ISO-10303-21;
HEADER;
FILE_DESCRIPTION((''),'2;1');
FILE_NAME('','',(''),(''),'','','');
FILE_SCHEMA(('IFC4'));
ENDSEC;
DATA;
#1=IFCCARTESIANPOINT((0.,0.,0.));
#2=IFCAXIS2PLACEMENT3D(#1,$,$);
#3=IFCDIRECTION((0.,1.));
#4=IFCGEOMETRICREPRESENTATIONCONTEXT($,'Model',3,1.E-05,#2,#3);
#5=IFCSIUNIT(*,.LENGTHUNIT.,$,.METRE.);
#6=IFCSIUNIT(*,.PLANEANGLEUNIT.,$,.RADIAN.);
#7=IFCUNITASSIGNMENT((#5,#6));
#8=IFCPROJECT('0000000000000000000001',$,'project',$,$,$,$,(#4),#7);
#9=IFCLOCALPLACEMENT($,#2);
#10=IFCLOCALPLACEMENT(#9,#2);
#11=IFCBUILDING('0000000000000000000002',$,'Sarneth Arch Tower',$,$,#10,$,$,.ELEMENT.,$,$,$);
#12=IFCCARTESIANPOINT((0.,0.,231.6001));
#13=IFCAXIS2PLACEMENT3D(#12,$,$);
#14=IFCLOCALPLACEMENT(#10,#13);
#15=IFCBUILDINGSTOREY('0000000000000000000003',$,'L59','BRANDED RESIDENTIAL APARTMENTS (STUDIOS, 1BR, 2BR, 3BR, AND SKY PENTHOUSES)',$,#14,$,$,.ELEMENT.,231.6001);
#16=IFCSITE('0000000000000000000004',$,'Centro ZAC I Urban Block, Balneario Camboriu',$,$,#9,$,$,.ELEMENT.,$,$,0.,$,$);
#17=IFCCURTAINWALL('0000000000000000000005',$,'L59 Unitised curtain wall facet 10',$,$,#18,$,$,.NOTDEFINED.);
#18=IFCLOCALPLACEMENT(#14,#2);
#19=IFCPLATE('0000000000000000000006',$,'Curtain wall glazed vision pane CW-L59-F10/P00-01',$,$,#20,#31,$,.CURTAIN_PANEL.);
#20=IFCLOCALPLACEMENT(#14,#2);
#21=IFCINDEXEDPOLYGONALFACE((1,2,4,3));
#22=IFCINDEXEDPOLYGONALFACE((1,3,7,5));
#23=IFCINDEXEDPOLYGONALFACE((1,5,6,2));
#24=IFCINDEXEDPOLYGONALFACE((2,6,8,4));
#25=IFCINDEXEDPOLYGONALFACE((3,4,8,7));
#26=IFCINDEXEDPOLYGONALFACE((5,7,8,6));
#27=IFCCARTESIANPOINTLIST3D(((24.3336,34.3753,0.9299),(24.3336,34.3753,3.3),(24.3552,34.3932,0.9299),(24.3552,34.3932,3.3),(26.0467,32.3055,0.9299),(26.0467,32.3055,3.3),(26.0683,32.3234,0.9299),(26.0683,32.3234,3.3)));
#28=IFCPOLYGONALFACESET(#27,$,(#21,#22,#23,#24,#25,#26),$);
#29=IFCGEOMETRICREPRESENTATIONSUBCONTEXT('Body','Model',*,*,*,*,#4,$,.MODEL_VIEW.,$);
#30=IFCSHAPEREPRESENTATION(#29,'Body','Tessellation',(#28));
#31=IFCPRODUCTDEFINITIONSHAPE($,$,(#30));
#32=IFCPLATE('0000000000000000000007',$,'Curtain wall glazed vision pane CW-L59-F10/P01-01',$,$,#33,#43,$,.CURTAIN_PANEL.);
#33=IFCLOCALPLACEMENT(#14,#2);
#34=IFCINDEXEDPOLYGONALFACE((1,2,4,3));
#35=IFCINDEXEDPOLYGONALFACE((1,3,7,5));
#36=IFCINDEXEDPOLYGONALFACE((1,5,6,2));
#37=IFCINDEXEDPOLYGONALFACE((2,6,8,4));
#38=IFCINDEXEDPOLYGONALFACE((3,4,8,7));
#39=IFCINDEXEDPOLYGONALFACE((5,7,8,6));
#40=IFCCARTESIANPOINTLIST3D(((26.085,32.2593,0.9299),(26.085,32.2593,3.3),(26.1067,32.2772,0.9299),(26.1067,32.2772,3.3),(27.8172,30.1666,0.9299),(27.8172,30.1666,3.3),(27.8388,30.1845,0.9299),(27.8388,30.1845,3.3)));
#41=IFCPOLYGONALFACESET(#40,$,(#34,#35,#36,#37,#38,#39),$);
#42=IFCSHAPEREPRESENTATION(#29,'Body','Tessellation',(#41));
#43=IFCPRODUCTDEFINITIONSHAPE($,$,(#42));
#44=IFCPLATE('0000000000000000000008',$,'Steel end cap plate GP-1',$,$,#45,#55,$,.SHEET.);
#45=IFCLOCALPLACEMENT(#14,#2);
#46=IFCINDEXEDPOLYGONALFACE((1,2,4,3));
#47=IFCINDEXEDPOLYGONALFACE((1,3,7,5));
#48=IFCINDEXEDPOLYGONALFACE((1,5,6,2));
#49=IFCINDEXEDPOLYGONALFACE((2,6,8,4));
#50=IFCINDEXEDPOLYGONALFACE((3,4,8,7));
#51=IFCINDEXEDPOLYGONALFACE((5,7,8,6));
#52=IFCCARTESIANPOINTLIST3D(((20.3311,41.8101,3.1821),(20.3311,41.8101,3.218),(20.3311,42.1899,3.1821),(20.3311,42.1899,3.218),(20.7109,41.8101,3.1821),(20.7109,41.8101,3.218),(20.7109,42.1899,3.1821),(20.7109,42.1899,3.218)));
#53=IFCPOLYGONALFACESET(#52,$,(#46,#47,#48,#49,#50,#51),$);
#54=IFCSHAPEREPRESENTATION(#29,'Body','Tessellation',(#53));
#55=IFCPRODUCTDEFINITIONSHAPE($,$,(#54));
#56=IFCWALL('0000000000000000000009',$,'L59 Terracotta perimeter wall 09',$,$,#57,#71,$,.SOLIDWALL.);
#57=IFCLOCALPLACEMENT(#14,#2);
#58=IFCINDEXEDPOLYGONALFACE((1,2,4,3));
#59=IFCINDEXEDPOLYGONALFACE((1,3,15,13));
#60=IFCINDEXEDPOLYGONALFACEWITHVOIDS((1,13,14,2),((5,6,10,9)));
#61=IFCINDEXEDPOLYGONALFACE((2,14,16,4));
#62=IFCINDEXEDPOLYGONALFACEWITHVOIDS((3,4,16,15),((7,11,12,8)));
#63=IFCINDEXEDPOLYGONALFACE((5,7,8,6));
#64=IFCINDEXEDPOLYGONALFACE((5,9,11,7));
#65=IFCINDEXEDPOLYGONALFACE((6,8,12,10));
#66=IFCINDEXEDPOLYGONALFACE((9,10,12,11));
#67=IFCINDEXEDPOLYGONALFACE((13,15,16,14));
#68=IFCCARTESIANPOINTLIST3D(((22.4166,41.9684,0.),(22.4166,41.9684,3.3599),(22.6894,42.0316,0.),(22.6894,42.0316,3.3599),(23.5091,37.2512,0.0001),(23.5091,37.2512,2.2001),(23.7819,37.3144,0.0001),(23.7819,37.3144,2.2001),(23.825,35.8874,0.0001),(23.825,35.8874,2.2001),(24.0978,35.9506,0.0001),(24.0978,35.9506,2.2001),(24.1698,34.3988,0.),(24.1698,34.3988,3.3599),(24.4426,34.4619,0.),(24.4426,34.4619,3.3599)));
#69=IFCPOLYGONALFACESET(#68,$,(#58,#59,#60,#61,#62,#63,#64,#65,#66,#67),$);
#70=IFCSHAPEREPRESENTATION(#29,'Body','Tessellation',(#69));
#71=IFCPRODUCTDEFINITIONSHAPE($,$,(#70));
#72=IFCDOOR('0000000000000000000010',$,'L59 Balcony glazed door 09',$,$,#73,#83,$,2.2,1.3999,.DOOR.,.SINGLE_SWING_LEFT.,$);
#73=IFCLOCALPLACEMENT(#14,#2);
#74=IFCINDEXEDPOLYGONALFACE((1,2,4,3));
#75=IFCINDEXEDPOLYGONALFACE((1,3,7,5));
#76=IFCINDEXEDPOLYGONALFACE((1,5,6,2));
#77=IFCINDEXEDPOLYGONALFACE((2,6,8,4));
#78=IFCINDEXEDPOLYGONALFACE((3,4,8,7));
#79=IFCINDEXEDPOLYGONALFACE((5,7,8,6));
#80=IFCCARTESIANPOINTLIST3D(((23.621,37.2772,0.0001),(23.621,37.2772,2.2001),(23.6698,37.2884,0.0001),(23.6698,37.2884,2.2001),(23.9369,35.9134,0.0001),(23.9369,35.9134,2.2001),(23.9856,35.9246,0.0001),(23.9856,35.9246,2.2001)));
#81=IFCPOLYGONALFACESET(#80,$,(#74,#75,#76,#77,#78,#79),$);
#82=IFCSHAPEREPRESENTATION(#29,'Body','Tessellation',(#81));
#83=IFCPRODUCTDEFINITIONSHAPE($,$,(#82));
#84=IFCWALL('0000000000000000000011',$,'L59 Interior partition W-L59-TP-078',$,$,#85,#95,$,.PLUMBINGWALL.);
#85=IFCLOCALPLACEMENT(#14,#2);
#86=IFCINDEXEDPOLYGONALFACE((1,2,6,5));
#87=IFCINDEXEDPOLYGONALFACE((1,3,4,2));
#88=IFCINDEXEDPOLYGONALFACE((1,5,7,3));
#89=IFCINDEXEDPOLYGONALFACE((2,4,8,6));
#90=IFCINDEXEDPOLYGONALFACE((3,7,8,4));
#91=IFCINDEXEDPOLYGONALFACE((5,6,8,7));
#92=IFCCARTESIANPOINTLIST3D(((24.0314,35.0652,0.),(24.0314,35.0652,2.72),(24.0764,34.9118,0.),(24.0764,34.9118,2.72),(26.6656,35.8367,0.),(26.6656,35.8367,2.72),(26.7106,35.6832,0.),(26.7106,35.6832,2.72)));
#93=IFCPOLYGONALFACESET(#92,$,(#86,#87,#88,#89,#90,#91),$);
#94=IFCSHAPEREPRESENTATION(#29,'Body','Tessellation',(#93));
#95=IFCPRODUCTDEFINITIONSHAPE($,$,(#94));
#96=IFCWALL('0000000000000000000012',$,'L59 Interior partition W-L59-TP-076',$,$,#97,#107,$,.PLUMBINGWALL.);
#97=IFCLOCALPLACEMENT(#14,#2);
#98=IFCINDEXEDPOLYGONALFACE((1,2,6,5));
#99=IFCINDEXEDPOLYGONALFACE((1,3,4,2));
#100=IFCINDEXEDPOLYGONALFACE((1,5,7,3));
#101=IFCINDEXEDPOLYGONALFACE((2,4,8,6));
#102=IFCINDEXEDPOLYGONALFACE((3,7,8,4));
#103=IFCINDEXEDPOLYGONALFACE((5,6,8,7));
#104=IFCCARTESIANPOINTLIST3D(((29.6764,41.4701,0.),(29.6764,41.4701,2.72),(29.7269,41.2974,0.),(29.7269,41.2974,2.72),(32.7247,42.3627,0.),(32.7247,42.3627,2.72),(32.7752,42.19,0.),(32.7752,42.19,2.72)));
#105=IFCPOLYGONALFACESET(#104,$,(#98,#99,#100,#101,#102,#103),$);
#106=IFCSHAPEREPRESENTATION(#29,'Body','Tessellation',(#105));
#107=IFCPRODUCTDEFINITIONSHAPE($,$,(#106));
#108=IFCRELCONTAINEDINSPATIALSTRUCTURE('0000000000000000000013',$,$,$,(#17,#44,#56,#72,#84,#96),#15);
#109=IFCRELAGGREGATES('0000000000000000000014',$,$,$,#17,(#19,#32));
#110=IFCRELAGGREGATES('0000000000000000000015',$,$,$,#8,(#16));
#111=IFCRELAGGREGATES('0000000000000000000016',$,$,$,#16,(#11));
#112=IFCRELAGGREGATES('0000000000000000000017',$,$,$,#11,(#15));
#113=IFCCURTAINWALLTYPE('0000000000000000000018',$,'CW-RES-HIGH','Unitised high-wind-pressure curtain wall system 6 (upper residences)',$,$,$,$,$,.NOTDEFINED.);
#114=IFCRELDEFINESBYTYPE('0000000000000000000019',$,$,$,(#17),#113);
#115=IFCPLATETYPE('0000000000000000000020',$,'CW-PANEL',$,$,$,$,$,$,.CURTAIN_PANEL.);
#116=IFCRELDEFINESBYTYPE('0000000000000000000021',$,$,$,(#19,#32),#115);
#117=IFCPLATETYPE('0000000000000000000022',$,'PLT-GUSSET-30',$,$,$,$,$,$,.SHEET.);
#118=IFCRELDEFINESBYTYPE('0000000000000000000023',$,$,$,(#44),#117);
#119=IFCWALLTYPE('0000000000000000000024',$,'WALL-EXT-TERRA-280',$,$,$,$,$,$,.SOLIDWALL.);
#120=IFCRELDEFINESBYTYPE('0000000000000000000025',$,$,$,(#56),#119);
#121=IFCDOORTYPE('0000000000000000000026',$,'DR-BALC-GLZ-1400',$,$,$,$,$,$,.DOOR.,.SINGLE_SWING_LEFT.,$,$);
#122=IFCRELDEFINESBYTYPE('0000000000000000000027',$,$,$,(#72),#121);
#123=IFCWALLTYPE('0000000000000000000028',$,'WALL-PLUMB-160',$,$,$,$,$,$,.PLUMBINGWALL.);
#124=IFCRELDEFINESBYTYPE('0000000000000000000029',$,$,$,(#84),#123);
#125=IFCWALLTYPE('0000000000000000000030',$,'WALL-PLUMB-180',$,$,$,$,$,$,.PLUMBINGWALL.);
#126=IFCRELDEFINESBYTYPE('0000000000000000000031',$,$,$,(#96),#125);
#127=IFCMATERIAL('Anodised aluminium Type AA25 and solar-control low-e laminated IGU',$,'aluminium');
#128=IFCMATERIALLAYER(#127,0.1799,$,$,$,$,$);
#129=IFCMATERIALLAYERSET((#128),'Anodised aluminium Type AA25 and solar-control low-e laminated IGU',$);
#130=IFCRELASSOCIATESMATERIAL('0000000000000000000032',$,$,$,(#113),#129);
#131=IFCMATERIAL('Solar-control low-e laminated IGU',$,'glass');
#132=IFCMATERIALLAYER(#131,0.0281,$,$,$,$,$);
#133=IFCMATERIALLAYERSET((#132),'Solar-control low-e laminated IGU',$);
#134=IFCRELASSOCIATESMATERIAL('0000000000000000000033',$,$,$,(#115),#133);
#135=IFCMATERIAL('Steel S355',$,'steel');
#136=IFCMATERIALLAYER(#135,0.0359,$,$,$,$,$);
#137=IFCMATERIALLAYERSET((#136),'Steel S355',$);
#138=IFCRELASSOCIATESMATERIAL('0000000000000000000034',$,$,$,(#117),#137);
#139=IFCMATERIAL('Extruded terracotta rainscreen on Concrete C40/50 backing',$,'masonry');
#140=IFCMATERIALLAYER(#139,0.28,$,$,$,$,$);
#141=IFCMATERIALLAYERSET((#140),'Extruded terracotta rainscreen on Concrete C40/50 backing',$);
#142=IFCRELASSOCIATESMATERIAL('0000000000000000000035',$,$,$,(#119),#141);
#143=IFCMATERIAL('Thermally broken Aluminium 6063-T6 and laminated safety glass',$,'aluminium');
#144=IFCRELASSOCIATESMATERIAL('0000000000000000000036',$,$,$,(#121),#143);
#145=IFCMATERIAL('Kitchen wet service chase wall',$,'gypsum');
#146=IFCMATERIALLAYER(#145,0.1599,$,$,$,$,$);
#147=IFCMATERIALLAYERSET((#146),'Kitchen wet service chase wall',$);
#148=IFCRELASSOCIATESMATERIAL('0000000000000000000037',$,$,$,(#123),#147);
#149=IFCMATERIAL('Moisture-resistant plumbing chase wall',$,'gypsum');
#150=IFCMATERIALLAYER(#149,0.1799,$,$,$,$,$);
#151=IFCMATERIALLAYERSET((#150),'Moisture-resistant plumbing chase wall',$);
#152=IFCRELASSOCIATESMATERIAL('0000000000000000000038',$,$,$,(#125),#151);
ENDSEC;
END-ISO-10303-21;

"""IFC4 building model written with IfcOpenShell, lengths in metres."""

from ifc_helpers import new_model, si_unit, direction, frame, frame_2d, origin, origin_2d, place, context, subcontext, project, spatial, rectangle, extrude, material, layer, layer_set, type_object, element, fill, aggregate, save


model = new_model("IFC4")

# Units and contexts
model_context = context("Model", 3, precision=1e-05, world=origin(), true_north=direction((0.0, 1.0)))
body_context = subcontext(model_context, "Body", "Model", "MODEL_VIEW")
ifc_project = project(units=[si_unit("LENGTHUNIT", "METRE"), si_unit("PLANEANGLEUNIT", "RADIAN")], contexts=[model_context])

# Site, building, storey
site_placement = place(None, origin())
site = spatial("IfcSite", under=ifc_project, at=site_placement, Name="Centro ZAC I Urban Block, Balneario Camboriu", CompositionType="ELEMENT", RefElevation=0.0)
building_placement = place(site_placement, origin())
building = spatial("IfcBuilding", under=site, at=building_placement, Name="Sarneth Arch Tower", CompositionType="ELEMENT")
storey_placement = place(building_placement, frame((0.0, 0.0, 231.6001)))
storey = spatial("IfcBuildingStorey", under=building, at=storey_placement, Name="L59", Description="BRANDED RESIDENTIAL APARTMENTS (STUDIOS, 1BR, 2BR, 3BR, AND SKY PENTHOUSES)", CompositionType="ELEMENT", Elevation=231.6001)

# Curtain wall
ifc_material_1 = material(Name="Anodised aluminium Type AA25 and solar-control low-e laminated IGU", Category="aluminium")
ifc_layer_1 = layer(ifc_material_1, 0.1799)
ifc_layer_set_1 = layer_set([ifc_layer_1], Name="Anodised aluminium Type AA25 and solar-control low-e laminated IGU")
curtain_wall_type = type_object("IfcCurtainWallType", Name="CW-RES-HIGH", Description="Unitised high-wind-pressure curtain wall system 6 (upper residences)", PredefinedType="NOTDEFINED", material=ifc_layer_set_1)
curtain_wall_placement = place(storey_placement, origin())
curtain_wall = element("IfcCurtainWall", 1, at=curtain_wall_placement, inside=storey, type_object=curtain_wall_type, Name="L59 Unitised curtain wall facet 10", PredefinedType="NOTDEFINED")

# Plates
ifc_material_2 = material(Name="Solar-control low-e laminated IGU", Category="glass")
ifc_layer_2 = layer(ifc_material_2, 0.0281)
ifc_layer_set_2 = layer_set([ifc_layer_2], Name="Solar-control low-e laminated IGU")
plate_type_1 = type_object("IfcPlateType", Name="CW-PANEL", PredefinedType="CURTAIN_PANEL", material=ifc_layer_set_2)
plate_1_placement = place(storey_placement, frame((25.2009, 33.3494, 0.9299), z_axis=(0.0, 0.0, 1.0), x_axis=(0.63761, -0.770359, 0.0)))
plate_1 = element("IfcPlate", 2, at=plate_1_placement, type_object=plate_type_1, Name="Curtain wall glazed vision pane CW-L59-F10/P00-01", PredefinedType="CURTAIN_PANEL", context=body_context, shape_type="SweptSolid", body=[
    extrude(rectangle(XDim=2.6868, YDim=0.0281, at=origin_2d()), origin(), (0.0, 0.0, 1.0), 2.3701),
])
plate_2_placement = place(storey_placement, frame((26.9619, 31.2219, 0.9299), z_axis=(0.0, 0.0, 1.0), x_axis=(0.63761, -0.770359, 0.0)))
plate_2 = element("IfcPlate", 3, at=plate_2_placement, type_object=plate_type_1, Name="Curtain wall glazed vision pane CW-L59-F10/P01-01", PredefinedType="CURTAIN_PANEL", context=body_context, shape_type="SweptSolid", body=[
    extrude(rectangle(XDim=2.7166, YDim=0.0281, at=origin_2d()), origin(), (0.0, 0.0, 1.0), 2.3701),
])
aggregate(curtain_wall, [plate_1, plate_2])
ifc_material_3 = material(Name="Steel S355", Category="steel")
ifc_layer_3 = layer(ifc_material_3, 0.0359)
ifc_layer_set_3 = layer_set([ifc_layer_3], Name="Steel S355")
plate_type_2 = type_object("IfcPlateType", Name="PLT-GUSSET-30", PredefinedType="SHEET", material=ifc_layer_set_3)
plate_3_placement = place(storey_placement, frame((20.521, 42.0, 3.1821), z_axis=(0.0, 0.0, 1.0), x_axis=(-1.0, 0.0, 0.0)))
element("IfcPlate", 4, at=plate_3_placement, inside=storey, type_object=plate_type_2, Name="Steel end cap plate GP-1", PredefinedType="SHEET", context=body_context, shape_type="SweptSolid", body=[
    extrude(rectangle(XDim=0.3799, YDim=0.3799, at=origin_2d()), origin(), (0.0, 0.0, 1.0), 0.0359),
])

# Wall, opening, door
ifc_material_4 = material(Name="Extruded terracotta rainscreen on Concrete C40/50 backing", Category="masonry")
ifc_layer_4 = layer(ifc_material_4, 0.28)
ifc_layer_set_4 = layer_set([ifc_layer_4], Name="Extruded terracotta rainscreen on Concrete C40/50 backing")
wall_type_1 = type_object("IfcWallType", Name="WALL-EXT-TERRA-280", PredefinedType="SOLIDWALL", material=ifc_layer_set_4)
wall_1_placement = place(storey_placement, frame((22.553, 42.0, 0.0), z_axis=(0.0, 0.0, 1.0), x_axis=(0.225635, -0.974212, 0.0)))
wall_1 = element("IfcWall", 5, at=wall_1_placement, inside=storey, type_object=wall_type_1, Name="L59 Terracotta perimeter wall 09", PredefinedType="SOLIDWALL", context=body_context, shape_type="SweptSolid", body=[
    extrude(rectangle(XDim=7.77, YDim=0.28, at=frame_2d((3.885, 0.0))), origin(), (0.0, 0.0, 1.0), 3.3599),
])
opening_placement = place(wall_1_placement, frame((4.842, 0.0, 0.0)))
opening = element("IfcOpeningElement", 6, at=opening_placement, cuts=wall_1, PredefinedType="OPENING", context=body_context, shape_type="SweptSolid", body=[
    extrude(rectangle(XDim=1.3999, YDim=2.2, at=frame_2d((0.7, 1.1001))), frame((0.0, 0.1499, 0.0), z_axis=(0.0, -1.0, 0.0), x_axis=(1.0, 0.0, 0.0)), (0.0, 0.0, 1.0), 0.3),
])
ifc_material_5 = material(Name="Thermally broken Aluminium 6063-T6 and laminated safety glass", Category="aluminium")
door_type = type_object("IfcDoorType", Name="DR-BALC-GLZ-1400", OperationType="SINGLE_SWING_LEFT", PredefinedType="DOOR", material=ifc_material_5)
door_placement = place(opening_placement, origin())
door = element("IfcDoor", 7, at=door_placement, inside=storey, type_object=door_type, Name="L59 Balcony glazed door 09", OperationType="SINGLE_SWING_LEFT", OverallHeight=2.2, OverallWidth=1.3999, PredefinedType="DOOR", context=body_context, shape_type="SweptSolid", body=[
    extrude(rectangle(XDim=1.3999, YDim=2.2, at=frame_2d((0.7, 1.1001))), frame((0.0, 0.0249, 0.0), z_axis=(0.0, -1.0, 0.0), x_axis=(1.0, 0.0, 0.0)), (0.0, 0.0, 1.0), 0.05),
])
fill(opening, door)

# Walls
ifc_material_6 = material(Name="Kitchen wet service chase wall", Category="gypsum")
ifc_layer_5 = layer(ifc_material_6, 0.1599)
ifc_layer_set_5 = layer_set([ifc_layer_5], Name="Kitchen wet service chase wall")
wall_type_2 = type_object("IfcWallType", Name="WALL-PLUMB-160", PredefinedType="PLUMBINGWALL", material=ifc_layer_set_5)
wall_2_placement = place(storey_placement, frame((26.6882, 35.76, 0.0), z_axis=(0.0, 0.0, 1.0), x_axis=(-0.959691, -0.281059, 0.0)))
element("IfcWall", 8, at=wall_2_placement, inside=storey, type_object=wall_type_2, Name="L59 Interior partition W-L59-TP-078", PredefinedType="PLUMBINGWALL", context=body_context, shape_type="SweptSolid", body=[
    extrude(rectangle(XDim=2.7449, YDim=0.1599, at=frame_2d((1.3726, 0.0))), origin(), (0.0, 0.0, 1.0), 2.72),
])
ifc_material_7 = material(Name="Moisture-resistant plumbing chase wall", Category="gypsum")
ifc_layer_6 = layer(ifc_material_7, 0.1799)
ifc_layer_set_6 = layer_set([ifc_layer_6], Name="Moisture-resistant plumbing chase wall")
wall_type_3 = type_object("IfcWallType", Name="WALL-PLUMB-180", PredefinedType="PLUMBINGWALL", material=ifc_layer_set_6)
wall_3_placement = place(storey_placement, frame((29.7017, 41.3838, 0.0), z_axis=(0.0, 0.0, 1.0), x_axis=(0.959705, 0.281009, 0.0)))
element("IfcWall", 9, at=wall_3_placement, inside=storey, type_object=wall_type_3, Name="L59 Interior partition W-L59-TP-076", PredefinedType="PLUMBINGWALL", context=body_context, shape_type="SweptSolid", body=[
    extrude(rectangle(XDim=3.1763, YDim=0.1799, at=frame_2d((1.5881, 0.0))), origin(), (0.0, 0.0, 1.0), 2.72),
])

save(model, "model.ifc")
